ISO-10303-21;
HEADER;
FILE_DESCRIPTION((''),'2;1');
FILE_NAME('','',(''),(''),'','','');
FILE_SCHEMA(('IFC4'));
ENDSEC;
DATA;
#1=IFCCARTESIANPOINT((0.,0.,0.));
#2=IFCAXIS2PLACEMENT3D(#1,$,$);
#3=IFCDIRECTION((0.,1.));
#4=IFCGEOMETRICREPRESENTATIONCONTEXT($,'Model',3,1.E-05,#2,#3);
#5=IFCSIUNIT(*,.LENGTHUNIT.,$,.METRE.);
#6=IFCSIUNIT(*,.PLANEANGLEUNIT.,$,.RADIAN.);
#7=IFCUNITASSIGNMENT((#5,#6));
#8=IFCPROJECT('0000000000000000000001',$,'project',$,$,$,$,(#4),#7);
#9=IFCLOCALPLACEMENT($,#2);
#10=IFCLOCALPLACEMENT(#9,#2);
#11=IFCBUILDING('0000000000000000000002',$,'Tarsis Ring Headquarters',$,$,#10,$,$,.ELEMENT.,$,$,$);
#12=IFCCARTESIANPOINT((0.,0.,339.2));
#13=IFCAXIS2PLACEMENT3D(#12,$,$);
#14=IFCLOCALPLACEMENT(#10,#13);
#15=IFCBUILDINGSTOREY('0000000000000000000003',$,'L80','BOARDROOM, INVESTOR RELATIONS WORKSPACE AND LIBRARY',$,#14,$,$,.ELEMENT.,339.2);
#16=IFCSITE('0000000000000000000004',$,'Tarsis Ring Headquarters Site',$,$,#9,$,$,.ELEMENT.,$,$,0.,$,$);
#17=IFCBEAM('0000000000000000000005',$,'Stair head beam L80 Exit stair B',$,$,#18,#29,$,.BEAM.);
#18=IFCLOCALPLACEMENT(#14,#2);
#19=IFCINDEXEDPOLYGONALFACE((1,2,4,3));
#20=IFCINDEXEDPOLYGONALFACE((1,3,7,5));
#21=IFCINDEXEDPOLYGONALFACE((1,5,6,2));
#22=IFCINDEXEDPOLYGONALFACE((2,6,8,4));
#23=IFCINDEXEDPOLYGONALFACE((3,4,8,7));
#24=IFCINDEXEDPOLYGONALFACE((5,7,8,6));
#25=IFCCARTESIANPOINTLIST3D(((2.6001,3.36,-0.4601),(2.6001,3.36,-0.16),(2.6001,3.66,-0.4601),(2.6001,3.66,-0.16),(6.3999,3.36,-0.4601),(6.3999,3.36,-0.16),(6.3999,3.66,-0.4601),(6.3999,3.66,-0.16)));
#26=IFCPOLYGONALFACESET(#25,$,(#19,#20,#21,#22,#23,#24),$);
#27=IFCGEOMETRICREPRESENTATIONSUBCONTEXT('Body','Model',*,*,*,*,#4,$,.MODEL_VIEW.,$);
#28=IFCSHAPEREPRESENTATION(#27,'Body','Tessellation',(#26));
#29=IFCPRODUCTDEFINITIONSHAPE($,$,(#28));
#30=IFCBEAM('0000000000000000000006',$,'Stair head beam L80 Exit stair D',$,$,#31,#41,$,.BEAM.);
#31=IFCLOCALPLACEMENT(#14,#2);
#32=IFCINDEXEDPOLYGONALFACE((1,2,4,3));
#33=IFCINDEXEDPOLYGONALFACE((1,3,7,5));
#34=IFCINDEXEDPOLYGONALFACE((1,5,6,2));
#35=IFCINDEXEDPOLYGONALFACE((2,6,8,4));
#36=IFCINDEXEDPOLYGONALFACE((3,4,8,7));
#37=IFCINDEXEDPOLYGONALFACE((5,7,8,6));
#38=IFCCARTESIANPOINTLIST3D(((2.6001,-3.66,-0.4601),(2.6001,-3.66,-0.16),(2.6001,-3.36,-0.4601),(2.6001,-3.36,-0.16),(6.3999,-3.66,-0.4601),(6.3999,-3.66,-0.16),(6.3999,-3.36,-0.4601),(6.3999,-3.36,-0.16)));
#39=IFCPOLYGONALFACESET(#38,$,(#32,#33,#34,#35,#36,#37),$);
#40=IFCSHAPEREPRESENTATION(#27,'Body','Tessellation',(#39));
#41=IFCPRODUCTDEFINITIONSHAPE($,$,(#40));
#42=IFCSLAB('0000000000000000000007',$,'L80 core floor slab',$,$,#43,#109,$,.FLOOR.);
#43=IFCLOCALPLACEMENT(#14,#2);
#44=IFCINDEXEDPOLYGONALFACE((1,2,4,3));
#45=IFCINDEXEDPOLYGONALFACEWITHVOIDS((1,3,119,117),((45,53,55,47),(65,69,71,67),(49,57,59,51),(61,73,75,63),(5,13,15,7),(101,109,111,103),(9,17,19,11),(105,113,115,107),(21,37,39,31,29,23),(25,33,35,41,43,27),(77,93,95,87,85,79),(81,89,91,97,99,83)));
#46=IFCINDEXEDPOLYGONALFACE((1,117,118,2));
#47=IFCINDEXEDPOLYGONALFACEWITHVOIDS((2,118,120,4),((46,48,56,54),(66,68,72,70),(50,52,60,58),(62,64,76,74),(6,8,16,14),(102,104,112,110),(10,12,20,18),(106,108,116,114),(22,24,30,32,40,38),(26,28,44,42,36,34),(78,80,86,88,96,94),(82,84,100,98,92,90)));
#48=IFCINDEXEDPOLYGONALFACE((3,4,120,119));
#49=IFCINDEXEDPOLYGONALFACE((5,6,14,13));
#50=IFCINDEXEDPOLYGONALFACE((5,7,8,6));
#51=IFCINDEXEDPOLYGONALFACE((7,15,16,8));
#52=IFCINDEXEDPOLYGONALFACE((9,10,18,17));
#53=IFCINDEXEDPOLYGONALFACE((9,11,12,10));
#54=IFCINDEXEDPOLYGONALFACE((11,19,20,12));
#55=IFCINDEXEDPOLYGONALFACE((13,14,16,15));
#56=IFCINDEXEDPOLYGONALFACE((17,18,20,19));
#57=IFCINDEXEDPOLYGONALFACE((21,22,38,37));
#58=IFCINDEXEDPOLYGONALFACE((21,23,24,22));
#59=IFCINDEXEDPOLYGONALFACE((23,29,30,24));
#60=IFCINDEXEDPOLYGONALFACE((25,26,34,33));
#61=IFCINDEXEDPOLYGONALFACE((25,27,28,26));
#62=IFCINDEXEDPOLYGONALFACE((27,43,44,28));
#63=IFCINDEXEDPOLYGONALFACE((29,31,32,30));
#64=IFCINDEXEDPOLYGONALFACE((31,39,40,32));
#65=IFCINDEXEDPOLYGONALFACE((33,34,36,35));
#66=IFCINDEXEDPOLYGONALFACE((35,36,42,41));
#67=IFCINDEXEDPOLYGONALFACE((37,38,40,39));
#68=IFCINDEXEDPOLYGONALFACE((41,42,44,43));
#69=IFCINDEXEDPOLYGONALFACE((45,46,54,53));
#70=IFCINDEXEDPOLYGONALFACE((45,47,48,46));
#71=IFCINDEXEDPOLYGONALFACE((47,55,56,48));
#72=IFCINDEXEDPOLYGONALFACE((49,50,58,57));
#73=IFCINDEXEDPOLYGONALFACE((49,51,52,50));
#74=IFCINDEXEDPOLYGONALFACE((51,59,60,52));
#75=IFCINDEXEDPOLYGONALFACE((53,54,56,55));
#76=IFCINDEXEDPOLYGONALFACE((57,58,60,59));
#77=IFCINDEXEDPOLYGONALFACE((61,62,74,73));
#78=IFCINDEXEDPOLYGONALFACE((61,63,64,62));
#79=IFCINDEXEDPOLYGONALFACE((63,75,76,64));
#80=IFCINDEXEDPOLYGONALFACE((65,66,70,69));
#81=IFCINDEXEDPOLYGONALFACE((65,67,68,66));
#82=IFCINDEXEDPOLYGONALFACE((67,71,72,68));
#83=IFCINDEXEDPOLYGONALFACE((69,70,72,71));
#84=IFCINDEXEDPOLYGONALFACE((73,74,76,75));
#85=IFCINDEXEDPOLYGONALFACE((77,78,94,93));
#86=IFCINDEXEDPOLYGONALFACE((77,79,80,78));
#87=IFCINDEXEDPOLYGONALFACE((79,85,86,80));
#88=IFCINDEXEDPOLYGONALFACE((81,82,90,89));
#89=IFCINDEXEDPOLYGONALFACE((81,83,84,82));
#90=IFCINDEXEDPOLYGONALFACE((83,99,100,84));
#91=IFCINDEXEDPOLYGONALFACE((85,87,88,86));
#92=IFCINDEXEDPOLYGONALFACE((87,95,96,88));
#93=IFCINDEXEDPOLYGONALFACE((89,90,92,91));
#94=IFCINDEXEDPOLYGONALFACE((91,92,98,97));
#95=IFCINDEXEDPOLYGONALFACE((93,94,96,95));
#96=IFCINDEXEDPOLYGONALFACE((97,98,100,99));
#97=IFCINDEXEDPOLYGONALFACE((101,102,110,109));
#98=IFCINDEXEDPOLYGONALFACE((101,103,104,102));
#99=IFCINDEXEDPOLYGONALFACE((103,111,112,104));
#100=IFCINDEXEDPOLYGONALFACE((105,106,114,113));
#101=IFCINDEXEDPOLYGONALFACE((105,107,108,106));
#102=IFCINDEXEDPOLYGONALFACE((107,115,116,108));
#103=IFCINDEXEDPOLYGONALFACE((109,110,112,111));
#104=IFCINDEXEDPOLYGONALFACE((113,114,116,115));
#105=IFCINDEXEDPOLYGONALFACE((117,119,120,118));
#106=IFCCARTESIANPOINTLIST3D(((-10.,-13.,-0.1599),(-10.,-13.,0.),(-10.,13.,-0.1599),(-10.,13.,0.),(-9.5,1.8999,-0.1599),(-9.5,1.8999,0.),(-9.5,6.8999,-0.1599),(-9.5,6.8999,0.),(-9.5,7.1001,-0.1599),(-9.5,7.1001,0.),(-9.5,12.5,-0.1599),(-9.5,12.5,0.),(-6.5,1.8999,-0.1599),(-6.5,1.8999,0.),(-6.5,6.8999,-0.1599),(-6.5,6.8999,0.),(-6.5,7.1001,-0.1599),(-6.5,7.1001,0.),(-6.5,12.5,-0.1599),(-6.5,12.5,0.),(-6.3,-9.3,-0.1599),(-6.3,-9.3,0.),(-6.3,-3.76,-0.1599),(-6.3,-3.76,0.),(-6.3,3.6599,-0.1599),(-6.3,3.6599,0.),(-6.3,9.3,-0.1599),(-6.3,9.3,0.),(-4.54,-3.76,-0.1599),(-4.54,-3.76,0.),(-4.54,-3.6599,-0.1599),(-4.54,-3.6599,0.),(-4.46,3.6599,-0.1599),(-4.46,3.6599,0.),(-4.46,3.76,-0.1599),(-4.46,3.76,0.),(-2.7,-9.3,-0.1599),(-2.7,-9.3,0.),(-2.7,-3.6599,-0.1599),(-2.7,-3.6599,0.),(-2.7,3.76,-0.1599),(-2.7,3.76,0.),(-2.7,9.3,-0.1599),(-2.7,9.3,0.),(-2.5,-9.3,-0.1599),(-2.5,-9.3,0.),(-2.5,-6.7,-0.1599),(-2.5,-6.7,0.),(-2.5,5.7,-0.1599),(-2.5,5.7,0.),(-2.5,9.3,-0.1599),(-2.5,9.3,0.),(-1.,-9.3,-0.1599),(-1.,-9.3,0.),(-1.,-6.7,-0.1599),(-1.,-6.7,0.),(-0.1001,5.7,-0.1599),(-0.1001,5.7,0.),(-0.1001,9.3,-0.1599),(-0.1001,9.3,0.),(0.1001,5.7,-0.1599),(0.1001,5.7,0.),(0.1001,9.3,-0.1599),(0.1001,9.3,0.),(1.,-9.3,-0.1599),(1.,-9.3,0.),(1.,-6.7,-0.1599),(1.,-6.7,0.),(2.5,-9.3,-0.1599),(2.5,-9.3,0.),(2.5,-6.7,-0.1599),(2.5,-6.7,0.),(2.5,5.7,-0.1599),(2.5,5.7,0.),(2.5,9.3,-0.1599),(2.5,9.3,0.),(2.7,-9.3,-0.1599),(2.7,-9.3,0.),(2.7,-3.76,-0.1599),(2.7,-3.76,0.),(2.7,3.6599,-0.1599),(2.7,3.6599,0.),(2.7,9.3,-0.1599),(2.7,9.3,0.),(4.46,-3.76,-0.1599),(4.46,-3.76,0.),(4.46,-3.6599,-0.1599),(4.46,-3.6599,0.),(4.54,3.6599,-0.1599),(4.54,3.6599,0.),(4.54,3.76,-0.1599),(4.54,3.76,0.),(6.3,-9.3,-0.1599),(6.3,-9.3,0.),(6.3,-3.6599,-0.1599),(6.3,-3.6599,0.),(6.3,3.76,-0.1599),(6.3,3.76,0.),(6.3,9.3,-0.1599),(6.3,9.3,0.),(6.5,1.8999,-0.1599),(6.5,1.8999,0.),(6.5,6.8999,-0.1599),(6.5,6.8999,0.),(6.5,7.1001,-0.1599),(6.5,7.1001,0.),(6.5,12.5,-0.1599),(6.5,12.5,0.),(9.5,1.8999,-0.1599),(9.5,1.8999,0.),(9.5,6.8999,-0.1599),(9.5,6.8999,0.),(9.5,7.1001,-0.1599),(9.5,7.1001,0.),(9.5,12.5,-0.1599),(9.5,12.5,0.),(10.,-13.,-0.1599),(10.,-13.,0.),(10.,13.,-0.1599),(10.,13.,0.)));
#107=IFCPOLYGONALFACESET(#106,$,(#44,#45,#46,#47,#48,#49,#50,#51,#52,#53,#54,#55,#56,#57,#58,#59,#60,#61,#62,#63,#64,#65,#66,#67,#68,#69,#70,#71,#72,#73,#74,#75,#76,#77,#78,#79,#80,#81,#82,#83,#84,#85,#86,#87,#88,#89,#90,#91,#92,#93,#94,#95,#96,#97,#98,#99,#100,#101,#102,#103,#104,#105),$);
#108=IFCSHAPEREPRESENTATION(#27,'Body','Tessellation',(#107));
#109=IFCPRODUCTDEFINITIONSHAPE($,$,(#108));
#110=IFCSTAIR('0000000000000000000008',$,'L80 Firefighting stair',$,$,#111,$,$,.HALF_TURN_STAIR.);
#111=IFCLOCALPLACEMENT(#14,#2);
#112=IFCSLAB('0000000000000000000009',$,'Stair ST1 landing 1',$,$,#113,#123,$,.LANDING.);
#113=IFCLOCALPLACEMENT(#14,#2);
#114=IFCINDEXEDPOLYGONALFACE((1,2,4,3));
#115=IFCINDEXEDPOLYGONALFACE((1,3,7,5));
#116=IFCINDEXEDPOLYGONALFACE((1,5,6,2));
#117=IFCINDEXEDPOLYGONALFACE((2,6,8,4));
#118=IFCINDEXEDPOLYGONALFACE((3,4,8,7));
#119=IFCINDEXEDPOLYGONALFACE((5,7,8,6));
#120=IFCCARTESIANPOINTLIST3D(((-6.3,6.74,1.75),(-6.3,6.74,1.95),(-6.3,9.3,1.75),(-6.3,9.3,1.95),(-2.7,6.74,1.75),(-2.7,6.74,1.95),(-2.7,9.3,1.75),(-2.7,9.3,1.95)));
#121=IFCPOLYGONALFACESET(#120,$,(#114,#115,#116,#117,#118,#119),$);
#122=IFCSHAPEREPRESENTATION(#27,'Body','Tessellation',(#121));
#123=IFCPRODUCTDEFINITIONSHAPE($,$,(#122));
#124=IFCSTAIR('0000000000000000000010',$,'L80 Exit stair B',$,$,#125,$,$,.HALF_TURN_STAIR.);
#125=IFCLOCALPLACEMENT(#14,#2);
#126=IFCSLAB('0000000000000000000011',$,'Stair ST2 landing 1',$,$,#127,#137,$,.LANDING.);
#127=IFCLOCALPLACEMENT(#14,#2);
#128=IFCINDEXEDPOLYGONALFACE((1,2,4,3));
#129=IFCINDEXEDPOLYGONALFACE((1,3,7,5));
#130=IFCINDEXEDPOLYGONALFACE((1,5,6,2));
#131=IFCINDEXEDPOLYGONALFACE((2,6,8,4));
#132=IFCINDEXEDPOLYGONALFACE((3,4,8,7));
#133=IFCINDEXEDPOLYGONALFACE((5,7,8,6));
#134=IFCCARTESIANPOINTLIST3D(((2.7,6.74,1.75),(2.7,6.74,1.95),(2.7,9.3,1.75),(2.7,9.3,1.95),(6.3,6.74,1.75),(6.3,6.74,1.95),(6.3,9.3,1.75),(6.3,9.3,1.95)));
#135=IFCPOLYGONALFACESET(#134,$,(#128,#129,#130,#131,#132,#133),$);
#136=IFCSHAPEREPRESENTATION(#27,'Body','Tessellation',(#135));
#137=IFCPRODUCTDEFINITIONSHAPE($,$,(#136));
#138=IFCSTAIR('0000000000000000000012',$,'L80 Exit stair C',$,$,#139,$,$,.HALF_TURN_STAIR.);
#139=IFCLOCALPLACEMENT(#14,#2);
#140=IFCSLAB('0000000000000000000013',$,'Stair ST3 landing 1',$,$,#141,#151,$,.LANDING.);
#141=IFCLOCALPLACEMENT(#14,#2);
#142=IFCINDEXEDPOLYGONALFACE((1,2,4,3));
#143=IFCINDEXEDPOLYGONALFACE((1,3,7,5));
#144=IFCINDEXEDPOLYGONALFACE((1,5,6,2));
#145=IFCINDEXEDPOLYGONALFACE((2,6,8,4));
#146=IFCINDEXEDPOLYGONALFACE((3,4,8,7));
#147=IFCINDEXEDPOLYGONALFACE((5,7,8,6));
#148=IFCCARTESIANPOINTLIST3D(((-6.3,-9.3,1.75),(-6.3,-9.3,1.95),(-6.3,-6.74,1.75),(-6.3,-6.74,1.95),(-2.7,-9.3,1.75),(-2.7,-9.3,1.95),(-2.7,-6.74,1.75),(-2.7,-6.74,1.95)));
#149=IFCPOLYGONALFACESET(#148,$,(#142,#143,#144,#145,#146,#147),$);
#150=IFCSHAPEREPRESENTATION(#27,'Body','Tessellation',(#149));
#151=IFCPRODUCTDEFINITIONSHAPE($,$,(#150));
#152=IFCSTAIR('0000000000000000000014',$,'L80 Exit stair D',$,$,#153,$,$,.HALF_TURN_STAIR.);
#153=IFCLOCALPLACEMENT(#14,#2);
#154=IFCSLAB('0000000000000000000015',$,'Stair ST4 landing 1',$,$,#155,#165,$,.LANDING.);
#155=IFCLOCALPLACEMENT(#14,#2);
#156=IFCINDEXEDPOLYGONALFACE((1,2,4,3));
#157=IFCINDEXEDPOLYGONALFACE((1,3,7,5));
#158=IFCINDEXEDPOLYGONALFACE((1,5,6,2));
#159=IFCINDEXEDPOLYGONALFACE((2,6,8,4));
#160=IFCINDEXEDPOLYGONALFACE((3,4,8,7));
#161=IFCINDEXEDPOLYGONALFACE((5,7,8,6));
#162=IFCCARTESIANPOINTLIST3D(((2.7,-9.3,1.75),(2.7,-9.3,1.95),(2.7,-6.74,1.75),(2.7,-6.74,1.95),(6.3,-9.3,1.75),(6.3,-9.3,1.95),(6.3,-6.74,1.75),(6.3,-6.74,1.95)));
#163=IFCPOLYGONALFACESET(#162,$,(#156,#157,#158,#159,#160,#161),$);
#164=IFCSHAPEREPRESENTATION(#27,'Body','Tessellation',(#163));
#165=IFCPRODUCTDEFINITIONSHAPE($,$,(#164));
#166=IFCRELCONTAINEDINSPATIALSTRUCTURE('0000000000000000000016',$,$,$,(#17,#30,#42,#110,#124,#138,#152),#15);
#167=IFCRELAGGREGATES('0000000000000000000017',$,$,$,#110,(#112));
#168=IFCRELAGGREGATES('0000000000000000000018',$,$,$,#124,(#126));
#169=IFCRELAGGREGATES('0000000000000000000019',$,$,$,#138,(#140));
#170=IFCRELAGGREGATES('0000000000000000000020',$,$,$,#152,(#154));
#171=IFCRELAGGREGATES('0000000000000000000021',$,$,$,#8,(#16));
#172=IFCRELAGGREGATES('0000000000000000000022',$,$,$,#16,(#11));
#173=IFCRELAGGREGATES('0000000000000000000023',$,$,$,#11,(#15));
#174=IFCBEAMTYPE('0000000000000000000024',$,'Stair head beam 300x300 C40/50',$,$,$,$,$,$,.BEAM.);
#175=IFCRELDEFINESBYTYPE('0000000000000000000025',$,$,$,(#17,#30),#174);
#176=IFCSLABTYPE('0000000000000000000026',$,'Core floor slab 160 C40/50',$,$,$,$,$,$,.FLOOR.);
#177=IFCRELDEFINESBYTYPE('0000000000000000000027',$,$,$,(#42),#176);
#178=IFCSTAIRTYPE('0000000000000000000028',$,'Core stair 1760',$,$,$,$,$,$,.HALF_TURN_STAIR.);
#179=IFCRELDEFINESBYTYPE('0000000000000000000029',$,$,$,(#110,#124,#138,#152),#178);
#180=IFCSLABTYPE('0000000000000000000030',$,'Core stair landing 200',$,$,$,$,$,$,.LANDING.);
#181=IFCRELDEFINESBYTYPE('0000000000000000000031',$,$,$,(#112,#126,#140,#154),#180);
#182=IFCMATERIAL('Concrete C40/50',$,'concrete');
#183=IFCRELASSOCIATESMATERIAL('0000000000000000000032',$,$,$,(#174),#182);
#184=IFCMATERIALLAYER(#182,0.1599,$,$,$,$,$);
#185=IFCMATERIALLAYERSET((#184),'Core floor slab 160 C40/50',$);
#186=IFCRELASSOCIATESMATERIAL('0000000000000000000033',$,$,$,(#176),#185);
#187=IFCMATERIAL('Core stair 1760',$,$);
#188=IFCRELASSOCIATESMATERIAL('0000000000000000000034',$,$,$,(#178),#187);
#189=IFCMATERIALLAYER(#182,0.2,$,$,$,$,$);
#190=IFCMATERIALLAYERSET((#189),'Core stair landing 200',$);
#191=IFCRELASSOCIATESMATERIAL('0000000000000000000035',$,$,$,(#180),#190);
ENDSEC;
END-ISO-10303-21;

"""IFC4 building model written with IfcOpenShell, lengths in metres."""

from ifc_helpers import new_model, si_unit, direction, frame, origin, origin_2d, place, context, subcontext, project, spatial, polyline, rectangle, outline, extrude, material, layer, layer_set, material_profile, profile_set, type_object, element, aggregate, save


model = new_model("IFC4")

# Units and contexts
model_context = context("Model", 3, precision=1e-05, world=origin(), true_north=direction((0.0, 1.0)))
body_context = subcontext(model_context, "Body", "Model", "MODEL_VIEW")
ifc_project = project(units=[si_unit("LENGTHUNIT", "METRE"), si_unit("PLANEANGLEUNIT", "RADIAN")], contexts=[model_context])

# Site, building, storey
site_placement = place(None, origin())
site = spatial("IfcSite", under=ifc_project, at=site_placement, Name="Tarsis Ring Headquarters Site", CompositionType="ELEMENT", RefElevation=0.0)
building_placement = place(site_placement, origin())
building = spatial("IfcBuilding", under=site, at=building_placement, Name="Tarsis Ring Headquarters", CompositionType="ELEMENT")
storey_placement = place(building_placement, frame((0.0, 0.0, 339.2)))
storey = spatial("IfcBuildingStorey", under=building, at=storey_placement, Name="L80", Description="BOARDROOM, INVESTOR RELATIONS WORKSPACE AND LIBRARY", CompositionType="ELEMENT", Elevation=339.2)

# Beams
ifc_material_1 = material(Name="Concrete C40/50", Category="concrete")
ifc_material_profile = material_profile(ifc_material_1, rectangle(XDim=0.3, YDim=0.3, at=origin_2d()), Name="Stair head beam 300x300 C40/50")
ifc_profile_set = profile_set([ifc_material_profile], Name="Concrete C40/50")
beam_type = type_object("IfcBeamType", Name="Stair head beam 300x300 C40/50", PredefinedType="BEAM", material=ifc_profile_set)
for number, where, z_axis, x_axis, name in (
    (1, (2.6001, 3.51, -0.3101), (1.0, 0.0, 0.0), (0.0, 1.0, 0.0), "Stair head beam L80 Exit stair B"),
    (2, (2.6001, -3.51, -0.3101), (1.0, 0.0, 0.0), (0.0, 1.0, 0.0), "Stair head beam L80 Exit stair D"),
):
    element("IfcBeam", number, at=place(storey_placement, frame(where, z_axis=z_axis, x_axis=x_axis)), inside=storey, type_object=beam_type, Name=name, PredefinedType="BEAM", context=body_context, shape_type="SweptSolid", body=[
        extrude(rectangle(XDim=0.3, YDim=0.3, at=origin_2d()), origin(), (0.0, 0.0, 1.0), 3.7998),
    ])

# Slab
ifc_layer_1 = layer(ifc_material_1, 0.1599)
ifc_layer_set_1 = layer_set([ifc_layer_1], Name="Core floor slab 160 C40/50")
slab_type_1 = type_object("IfcSlabType", Name="Core floor slab 160 C40/50", PredefinedType="FLOOR", material=ifc_layer_set_1)
slab_1_placement = place(storey_placement, frame((0.0, 0.0, -0.1599)))
element("IfcSlab", 3, at=slab_1_placement, inside=storey, type_object=slab_type_1, Name="L80 core floor slab", PredefinedType="FLOOR", context=body_context, shape_type="SweptSolid", body=[
    extrude(outline(polyline([(-10.0, -13.0), (10.0, -13.0), (10.0, 13.0), (-10.0, 13.0), (-10.0, -13.0)]), holes=[polyline([(-2.5, 5.7), (-0.1001, 5.7), (-0.1001, 9.3), (-2.5, 9.3), (-2.5, 5.7)]), polyline([(0.1001, 5.7), (2.5, 5.7), (2.5, 9.3), (0.1001, 9.3), (0.1001, 5.7)]), polyline([(-9.5, 1.8999), (-6.5, 1.8999), (-6.5, 6.8999), (-9.5, 6.8999), (-9.5, 1.8999)]), polyline([(-9.5, 7.1001), (-6.5, 7.1001), (-6.5, 12.5), (-9.5, 12.5), (-9.5, 7.1001)]), polyline([(6.5, 1.8999), (9.5, 1.8999), (9.5, 6.8999), (6.5, 6.8999), (6.5, 1.8999)]), polyline([(6.5, 7.1001), (9.5, 7.1001), (9.5, 12.5), (6.5, 12.5), (6.5, 7.1001)]), polyline([(-2.5, -9.3), (-1.0, -9.3), (-1.0, -6.7), (-2.5, -6.7), (-2.5, -9.3)]), polyline([(1.0, -9.3), (2.5, -9.3), (2.5, -6.7), (1.0, -6.7), (1.0, -9.3)]), polyline([(-2.7, 3.76), (-2.7, 9.3), (-6.3, 9.3), (-6.3, 3.6599), (-4.46, 3.6599), (-4.46, 3.76), (-2.7, 3.76)]), polyline([(6.3, 3.76), (6.3, 9.3), (2.7, 9.3), (2.7, 3.6599), (4.54, 3.6599), (4.54, 3.76), (6.3, 3.76)]), polyline([(-6.3, -3.76), (-6.3, -9.3), (-2.7, -9.3), (-2.7, -3.6599), (-4.54, -3.6599), (-4.54, -3.76), (-6.3, -3.76)]), polyline([(2.7, -3.76), (2.7, -9.3), (6.3, -9.3), (6.3, -3.6599), (4.46, -3.6599), (4.46, -3.76), (2.7, -3.76)])]), origin(), (0.0, 0.0, 1.0), 0.1599),
])

# Stairs, slabs
ifc_material_2 = material(Name="Core stair 1760")
stair_type = type_object("IfcStairType", Name="Core stair 1760", PredefinedType="HALF_TURN_STAIR", material=ifc_material_2)
stair_1_placement = place(storey_placement, origin())
stair_1 = element("IfcStair", 4, at=stair_1_placement, inside=storey, type_object=stair_type, Name="L80 Firefighting stair", PredefinedType="HALF_TURN_STAIR")
ifc_layer_2 = layer(ifc_material_1, 0.2)
ifc_layer_set_2 = layer_set([ifc_layer_2], Name="Core stair landing 200")
slab_type_2 = type_object("IfcSlabType", Name="Core stair landing 200", PredefinedType="LANDING", material=ifc_layer_set_2)
slab_2_placement = place(storey_placement, frame((0.0, 0.0, 1.75)))
slab_2 = element("IfcSlab", 5, at=slab_2_placement, type_object=slab_type_2, Name="Stair ST1 landing 1", PredefinedType="LANDING", context=body_context, shape_type="SweptSolid", body=[
    extrude(outline(polyline([(-2.7, 6.74), (-2.7, 9.3), (-6.3, 9.3), (-6.3, 6.74), (-2.7, 6.74)])), origin(), (0.0, 0.0, 1.0), 0.2),
])
aggregate(stair_1, [slab_2])
stair_2_placement = place(storey_placement, origin())
stair_2 = element("IfcStair", 6, at=stair_2_placement, inside=storey, type_object=stair_type, Name="L80 Exit stair B", PredefinedType="HALF_TURN_STAIR")
slab_3_placement = place(storey_placement, frame((0.0, 0.0, 1.75)))
slab_3 = element("IfcSlab", 7, at=slab_3_placement, type_object=slab_type_2, Name="Stair ST2 landing 1", PredefinedType="LANDING", context=body_context, shape_type="SweptSolid", body=[
    extrude(outline(polyline([(6.3, 6.74), (6.3, 9.3), (2.7, 9.3), (2.7, 6.74), (6.3, 6.74)])), origin(), (0.0, 0.0, 1.0), 0.2),
])
aggregate(stair_2, [slab_3])
stair_3_placement = place(storey_placement, origin())
stair_3 = element("IfcStair", 8, at=stair_3_placement, inside=storey, type_object=stair_type, Name="L80 Exit stair C", PredefinedType="HALF_TURN_STAIR")
slab_4_placement = place(storey_placement, frame((0.0, 0.0, 1.75)))
slab_4 = element("IfcSlab", 9, at=slab_4_placement, type_object=slab_type_2, Name="Stair ST3 landing 1", PredefinedType="LANDING", context=body_context, shape_type="SweptSolid", body=[
    extrude(outline(polyline([(-6.3, -6.74), (-6.3, -9.3), (-2.7, -9.3), (-2.7, -6.74), (-6.3, -6.74)])), origin(), (0.0, 0.0, 1.0), 0.2),
])
aggregate(stair_3, [slab_4])
stair_4_placement = place(storey_placement, origin())
stair_4 = element("IfcStair", 10, at=stair_4_placement, inside=storey, type_object=stair_type, Name="L80 Exit stair D", PredefinedType="HALF_TURN_STAIR")
slab_5_placement = place(storey_placement, frame((0.0, 0.0, 1.75)))
slab_5 = element("IfcSlab", 11, at=slab_5_placement, type_object=slab_type_2, Name="Stair ST4 landing 1", PredefinedType="LANDING", context=body_context, shape_type="SweptSolid", body=[
    extrude(outline(polyline([(2.7, -6.74), (2.7, -9.3), (6.3, -9.3), (6.3, -6.74), (2.7, -6.74)])), origin(), (0.0, 0.0, 1.0), 0.2),
])
aggregate(stair_4, [slab_5])

save(model, "model.ifc")
